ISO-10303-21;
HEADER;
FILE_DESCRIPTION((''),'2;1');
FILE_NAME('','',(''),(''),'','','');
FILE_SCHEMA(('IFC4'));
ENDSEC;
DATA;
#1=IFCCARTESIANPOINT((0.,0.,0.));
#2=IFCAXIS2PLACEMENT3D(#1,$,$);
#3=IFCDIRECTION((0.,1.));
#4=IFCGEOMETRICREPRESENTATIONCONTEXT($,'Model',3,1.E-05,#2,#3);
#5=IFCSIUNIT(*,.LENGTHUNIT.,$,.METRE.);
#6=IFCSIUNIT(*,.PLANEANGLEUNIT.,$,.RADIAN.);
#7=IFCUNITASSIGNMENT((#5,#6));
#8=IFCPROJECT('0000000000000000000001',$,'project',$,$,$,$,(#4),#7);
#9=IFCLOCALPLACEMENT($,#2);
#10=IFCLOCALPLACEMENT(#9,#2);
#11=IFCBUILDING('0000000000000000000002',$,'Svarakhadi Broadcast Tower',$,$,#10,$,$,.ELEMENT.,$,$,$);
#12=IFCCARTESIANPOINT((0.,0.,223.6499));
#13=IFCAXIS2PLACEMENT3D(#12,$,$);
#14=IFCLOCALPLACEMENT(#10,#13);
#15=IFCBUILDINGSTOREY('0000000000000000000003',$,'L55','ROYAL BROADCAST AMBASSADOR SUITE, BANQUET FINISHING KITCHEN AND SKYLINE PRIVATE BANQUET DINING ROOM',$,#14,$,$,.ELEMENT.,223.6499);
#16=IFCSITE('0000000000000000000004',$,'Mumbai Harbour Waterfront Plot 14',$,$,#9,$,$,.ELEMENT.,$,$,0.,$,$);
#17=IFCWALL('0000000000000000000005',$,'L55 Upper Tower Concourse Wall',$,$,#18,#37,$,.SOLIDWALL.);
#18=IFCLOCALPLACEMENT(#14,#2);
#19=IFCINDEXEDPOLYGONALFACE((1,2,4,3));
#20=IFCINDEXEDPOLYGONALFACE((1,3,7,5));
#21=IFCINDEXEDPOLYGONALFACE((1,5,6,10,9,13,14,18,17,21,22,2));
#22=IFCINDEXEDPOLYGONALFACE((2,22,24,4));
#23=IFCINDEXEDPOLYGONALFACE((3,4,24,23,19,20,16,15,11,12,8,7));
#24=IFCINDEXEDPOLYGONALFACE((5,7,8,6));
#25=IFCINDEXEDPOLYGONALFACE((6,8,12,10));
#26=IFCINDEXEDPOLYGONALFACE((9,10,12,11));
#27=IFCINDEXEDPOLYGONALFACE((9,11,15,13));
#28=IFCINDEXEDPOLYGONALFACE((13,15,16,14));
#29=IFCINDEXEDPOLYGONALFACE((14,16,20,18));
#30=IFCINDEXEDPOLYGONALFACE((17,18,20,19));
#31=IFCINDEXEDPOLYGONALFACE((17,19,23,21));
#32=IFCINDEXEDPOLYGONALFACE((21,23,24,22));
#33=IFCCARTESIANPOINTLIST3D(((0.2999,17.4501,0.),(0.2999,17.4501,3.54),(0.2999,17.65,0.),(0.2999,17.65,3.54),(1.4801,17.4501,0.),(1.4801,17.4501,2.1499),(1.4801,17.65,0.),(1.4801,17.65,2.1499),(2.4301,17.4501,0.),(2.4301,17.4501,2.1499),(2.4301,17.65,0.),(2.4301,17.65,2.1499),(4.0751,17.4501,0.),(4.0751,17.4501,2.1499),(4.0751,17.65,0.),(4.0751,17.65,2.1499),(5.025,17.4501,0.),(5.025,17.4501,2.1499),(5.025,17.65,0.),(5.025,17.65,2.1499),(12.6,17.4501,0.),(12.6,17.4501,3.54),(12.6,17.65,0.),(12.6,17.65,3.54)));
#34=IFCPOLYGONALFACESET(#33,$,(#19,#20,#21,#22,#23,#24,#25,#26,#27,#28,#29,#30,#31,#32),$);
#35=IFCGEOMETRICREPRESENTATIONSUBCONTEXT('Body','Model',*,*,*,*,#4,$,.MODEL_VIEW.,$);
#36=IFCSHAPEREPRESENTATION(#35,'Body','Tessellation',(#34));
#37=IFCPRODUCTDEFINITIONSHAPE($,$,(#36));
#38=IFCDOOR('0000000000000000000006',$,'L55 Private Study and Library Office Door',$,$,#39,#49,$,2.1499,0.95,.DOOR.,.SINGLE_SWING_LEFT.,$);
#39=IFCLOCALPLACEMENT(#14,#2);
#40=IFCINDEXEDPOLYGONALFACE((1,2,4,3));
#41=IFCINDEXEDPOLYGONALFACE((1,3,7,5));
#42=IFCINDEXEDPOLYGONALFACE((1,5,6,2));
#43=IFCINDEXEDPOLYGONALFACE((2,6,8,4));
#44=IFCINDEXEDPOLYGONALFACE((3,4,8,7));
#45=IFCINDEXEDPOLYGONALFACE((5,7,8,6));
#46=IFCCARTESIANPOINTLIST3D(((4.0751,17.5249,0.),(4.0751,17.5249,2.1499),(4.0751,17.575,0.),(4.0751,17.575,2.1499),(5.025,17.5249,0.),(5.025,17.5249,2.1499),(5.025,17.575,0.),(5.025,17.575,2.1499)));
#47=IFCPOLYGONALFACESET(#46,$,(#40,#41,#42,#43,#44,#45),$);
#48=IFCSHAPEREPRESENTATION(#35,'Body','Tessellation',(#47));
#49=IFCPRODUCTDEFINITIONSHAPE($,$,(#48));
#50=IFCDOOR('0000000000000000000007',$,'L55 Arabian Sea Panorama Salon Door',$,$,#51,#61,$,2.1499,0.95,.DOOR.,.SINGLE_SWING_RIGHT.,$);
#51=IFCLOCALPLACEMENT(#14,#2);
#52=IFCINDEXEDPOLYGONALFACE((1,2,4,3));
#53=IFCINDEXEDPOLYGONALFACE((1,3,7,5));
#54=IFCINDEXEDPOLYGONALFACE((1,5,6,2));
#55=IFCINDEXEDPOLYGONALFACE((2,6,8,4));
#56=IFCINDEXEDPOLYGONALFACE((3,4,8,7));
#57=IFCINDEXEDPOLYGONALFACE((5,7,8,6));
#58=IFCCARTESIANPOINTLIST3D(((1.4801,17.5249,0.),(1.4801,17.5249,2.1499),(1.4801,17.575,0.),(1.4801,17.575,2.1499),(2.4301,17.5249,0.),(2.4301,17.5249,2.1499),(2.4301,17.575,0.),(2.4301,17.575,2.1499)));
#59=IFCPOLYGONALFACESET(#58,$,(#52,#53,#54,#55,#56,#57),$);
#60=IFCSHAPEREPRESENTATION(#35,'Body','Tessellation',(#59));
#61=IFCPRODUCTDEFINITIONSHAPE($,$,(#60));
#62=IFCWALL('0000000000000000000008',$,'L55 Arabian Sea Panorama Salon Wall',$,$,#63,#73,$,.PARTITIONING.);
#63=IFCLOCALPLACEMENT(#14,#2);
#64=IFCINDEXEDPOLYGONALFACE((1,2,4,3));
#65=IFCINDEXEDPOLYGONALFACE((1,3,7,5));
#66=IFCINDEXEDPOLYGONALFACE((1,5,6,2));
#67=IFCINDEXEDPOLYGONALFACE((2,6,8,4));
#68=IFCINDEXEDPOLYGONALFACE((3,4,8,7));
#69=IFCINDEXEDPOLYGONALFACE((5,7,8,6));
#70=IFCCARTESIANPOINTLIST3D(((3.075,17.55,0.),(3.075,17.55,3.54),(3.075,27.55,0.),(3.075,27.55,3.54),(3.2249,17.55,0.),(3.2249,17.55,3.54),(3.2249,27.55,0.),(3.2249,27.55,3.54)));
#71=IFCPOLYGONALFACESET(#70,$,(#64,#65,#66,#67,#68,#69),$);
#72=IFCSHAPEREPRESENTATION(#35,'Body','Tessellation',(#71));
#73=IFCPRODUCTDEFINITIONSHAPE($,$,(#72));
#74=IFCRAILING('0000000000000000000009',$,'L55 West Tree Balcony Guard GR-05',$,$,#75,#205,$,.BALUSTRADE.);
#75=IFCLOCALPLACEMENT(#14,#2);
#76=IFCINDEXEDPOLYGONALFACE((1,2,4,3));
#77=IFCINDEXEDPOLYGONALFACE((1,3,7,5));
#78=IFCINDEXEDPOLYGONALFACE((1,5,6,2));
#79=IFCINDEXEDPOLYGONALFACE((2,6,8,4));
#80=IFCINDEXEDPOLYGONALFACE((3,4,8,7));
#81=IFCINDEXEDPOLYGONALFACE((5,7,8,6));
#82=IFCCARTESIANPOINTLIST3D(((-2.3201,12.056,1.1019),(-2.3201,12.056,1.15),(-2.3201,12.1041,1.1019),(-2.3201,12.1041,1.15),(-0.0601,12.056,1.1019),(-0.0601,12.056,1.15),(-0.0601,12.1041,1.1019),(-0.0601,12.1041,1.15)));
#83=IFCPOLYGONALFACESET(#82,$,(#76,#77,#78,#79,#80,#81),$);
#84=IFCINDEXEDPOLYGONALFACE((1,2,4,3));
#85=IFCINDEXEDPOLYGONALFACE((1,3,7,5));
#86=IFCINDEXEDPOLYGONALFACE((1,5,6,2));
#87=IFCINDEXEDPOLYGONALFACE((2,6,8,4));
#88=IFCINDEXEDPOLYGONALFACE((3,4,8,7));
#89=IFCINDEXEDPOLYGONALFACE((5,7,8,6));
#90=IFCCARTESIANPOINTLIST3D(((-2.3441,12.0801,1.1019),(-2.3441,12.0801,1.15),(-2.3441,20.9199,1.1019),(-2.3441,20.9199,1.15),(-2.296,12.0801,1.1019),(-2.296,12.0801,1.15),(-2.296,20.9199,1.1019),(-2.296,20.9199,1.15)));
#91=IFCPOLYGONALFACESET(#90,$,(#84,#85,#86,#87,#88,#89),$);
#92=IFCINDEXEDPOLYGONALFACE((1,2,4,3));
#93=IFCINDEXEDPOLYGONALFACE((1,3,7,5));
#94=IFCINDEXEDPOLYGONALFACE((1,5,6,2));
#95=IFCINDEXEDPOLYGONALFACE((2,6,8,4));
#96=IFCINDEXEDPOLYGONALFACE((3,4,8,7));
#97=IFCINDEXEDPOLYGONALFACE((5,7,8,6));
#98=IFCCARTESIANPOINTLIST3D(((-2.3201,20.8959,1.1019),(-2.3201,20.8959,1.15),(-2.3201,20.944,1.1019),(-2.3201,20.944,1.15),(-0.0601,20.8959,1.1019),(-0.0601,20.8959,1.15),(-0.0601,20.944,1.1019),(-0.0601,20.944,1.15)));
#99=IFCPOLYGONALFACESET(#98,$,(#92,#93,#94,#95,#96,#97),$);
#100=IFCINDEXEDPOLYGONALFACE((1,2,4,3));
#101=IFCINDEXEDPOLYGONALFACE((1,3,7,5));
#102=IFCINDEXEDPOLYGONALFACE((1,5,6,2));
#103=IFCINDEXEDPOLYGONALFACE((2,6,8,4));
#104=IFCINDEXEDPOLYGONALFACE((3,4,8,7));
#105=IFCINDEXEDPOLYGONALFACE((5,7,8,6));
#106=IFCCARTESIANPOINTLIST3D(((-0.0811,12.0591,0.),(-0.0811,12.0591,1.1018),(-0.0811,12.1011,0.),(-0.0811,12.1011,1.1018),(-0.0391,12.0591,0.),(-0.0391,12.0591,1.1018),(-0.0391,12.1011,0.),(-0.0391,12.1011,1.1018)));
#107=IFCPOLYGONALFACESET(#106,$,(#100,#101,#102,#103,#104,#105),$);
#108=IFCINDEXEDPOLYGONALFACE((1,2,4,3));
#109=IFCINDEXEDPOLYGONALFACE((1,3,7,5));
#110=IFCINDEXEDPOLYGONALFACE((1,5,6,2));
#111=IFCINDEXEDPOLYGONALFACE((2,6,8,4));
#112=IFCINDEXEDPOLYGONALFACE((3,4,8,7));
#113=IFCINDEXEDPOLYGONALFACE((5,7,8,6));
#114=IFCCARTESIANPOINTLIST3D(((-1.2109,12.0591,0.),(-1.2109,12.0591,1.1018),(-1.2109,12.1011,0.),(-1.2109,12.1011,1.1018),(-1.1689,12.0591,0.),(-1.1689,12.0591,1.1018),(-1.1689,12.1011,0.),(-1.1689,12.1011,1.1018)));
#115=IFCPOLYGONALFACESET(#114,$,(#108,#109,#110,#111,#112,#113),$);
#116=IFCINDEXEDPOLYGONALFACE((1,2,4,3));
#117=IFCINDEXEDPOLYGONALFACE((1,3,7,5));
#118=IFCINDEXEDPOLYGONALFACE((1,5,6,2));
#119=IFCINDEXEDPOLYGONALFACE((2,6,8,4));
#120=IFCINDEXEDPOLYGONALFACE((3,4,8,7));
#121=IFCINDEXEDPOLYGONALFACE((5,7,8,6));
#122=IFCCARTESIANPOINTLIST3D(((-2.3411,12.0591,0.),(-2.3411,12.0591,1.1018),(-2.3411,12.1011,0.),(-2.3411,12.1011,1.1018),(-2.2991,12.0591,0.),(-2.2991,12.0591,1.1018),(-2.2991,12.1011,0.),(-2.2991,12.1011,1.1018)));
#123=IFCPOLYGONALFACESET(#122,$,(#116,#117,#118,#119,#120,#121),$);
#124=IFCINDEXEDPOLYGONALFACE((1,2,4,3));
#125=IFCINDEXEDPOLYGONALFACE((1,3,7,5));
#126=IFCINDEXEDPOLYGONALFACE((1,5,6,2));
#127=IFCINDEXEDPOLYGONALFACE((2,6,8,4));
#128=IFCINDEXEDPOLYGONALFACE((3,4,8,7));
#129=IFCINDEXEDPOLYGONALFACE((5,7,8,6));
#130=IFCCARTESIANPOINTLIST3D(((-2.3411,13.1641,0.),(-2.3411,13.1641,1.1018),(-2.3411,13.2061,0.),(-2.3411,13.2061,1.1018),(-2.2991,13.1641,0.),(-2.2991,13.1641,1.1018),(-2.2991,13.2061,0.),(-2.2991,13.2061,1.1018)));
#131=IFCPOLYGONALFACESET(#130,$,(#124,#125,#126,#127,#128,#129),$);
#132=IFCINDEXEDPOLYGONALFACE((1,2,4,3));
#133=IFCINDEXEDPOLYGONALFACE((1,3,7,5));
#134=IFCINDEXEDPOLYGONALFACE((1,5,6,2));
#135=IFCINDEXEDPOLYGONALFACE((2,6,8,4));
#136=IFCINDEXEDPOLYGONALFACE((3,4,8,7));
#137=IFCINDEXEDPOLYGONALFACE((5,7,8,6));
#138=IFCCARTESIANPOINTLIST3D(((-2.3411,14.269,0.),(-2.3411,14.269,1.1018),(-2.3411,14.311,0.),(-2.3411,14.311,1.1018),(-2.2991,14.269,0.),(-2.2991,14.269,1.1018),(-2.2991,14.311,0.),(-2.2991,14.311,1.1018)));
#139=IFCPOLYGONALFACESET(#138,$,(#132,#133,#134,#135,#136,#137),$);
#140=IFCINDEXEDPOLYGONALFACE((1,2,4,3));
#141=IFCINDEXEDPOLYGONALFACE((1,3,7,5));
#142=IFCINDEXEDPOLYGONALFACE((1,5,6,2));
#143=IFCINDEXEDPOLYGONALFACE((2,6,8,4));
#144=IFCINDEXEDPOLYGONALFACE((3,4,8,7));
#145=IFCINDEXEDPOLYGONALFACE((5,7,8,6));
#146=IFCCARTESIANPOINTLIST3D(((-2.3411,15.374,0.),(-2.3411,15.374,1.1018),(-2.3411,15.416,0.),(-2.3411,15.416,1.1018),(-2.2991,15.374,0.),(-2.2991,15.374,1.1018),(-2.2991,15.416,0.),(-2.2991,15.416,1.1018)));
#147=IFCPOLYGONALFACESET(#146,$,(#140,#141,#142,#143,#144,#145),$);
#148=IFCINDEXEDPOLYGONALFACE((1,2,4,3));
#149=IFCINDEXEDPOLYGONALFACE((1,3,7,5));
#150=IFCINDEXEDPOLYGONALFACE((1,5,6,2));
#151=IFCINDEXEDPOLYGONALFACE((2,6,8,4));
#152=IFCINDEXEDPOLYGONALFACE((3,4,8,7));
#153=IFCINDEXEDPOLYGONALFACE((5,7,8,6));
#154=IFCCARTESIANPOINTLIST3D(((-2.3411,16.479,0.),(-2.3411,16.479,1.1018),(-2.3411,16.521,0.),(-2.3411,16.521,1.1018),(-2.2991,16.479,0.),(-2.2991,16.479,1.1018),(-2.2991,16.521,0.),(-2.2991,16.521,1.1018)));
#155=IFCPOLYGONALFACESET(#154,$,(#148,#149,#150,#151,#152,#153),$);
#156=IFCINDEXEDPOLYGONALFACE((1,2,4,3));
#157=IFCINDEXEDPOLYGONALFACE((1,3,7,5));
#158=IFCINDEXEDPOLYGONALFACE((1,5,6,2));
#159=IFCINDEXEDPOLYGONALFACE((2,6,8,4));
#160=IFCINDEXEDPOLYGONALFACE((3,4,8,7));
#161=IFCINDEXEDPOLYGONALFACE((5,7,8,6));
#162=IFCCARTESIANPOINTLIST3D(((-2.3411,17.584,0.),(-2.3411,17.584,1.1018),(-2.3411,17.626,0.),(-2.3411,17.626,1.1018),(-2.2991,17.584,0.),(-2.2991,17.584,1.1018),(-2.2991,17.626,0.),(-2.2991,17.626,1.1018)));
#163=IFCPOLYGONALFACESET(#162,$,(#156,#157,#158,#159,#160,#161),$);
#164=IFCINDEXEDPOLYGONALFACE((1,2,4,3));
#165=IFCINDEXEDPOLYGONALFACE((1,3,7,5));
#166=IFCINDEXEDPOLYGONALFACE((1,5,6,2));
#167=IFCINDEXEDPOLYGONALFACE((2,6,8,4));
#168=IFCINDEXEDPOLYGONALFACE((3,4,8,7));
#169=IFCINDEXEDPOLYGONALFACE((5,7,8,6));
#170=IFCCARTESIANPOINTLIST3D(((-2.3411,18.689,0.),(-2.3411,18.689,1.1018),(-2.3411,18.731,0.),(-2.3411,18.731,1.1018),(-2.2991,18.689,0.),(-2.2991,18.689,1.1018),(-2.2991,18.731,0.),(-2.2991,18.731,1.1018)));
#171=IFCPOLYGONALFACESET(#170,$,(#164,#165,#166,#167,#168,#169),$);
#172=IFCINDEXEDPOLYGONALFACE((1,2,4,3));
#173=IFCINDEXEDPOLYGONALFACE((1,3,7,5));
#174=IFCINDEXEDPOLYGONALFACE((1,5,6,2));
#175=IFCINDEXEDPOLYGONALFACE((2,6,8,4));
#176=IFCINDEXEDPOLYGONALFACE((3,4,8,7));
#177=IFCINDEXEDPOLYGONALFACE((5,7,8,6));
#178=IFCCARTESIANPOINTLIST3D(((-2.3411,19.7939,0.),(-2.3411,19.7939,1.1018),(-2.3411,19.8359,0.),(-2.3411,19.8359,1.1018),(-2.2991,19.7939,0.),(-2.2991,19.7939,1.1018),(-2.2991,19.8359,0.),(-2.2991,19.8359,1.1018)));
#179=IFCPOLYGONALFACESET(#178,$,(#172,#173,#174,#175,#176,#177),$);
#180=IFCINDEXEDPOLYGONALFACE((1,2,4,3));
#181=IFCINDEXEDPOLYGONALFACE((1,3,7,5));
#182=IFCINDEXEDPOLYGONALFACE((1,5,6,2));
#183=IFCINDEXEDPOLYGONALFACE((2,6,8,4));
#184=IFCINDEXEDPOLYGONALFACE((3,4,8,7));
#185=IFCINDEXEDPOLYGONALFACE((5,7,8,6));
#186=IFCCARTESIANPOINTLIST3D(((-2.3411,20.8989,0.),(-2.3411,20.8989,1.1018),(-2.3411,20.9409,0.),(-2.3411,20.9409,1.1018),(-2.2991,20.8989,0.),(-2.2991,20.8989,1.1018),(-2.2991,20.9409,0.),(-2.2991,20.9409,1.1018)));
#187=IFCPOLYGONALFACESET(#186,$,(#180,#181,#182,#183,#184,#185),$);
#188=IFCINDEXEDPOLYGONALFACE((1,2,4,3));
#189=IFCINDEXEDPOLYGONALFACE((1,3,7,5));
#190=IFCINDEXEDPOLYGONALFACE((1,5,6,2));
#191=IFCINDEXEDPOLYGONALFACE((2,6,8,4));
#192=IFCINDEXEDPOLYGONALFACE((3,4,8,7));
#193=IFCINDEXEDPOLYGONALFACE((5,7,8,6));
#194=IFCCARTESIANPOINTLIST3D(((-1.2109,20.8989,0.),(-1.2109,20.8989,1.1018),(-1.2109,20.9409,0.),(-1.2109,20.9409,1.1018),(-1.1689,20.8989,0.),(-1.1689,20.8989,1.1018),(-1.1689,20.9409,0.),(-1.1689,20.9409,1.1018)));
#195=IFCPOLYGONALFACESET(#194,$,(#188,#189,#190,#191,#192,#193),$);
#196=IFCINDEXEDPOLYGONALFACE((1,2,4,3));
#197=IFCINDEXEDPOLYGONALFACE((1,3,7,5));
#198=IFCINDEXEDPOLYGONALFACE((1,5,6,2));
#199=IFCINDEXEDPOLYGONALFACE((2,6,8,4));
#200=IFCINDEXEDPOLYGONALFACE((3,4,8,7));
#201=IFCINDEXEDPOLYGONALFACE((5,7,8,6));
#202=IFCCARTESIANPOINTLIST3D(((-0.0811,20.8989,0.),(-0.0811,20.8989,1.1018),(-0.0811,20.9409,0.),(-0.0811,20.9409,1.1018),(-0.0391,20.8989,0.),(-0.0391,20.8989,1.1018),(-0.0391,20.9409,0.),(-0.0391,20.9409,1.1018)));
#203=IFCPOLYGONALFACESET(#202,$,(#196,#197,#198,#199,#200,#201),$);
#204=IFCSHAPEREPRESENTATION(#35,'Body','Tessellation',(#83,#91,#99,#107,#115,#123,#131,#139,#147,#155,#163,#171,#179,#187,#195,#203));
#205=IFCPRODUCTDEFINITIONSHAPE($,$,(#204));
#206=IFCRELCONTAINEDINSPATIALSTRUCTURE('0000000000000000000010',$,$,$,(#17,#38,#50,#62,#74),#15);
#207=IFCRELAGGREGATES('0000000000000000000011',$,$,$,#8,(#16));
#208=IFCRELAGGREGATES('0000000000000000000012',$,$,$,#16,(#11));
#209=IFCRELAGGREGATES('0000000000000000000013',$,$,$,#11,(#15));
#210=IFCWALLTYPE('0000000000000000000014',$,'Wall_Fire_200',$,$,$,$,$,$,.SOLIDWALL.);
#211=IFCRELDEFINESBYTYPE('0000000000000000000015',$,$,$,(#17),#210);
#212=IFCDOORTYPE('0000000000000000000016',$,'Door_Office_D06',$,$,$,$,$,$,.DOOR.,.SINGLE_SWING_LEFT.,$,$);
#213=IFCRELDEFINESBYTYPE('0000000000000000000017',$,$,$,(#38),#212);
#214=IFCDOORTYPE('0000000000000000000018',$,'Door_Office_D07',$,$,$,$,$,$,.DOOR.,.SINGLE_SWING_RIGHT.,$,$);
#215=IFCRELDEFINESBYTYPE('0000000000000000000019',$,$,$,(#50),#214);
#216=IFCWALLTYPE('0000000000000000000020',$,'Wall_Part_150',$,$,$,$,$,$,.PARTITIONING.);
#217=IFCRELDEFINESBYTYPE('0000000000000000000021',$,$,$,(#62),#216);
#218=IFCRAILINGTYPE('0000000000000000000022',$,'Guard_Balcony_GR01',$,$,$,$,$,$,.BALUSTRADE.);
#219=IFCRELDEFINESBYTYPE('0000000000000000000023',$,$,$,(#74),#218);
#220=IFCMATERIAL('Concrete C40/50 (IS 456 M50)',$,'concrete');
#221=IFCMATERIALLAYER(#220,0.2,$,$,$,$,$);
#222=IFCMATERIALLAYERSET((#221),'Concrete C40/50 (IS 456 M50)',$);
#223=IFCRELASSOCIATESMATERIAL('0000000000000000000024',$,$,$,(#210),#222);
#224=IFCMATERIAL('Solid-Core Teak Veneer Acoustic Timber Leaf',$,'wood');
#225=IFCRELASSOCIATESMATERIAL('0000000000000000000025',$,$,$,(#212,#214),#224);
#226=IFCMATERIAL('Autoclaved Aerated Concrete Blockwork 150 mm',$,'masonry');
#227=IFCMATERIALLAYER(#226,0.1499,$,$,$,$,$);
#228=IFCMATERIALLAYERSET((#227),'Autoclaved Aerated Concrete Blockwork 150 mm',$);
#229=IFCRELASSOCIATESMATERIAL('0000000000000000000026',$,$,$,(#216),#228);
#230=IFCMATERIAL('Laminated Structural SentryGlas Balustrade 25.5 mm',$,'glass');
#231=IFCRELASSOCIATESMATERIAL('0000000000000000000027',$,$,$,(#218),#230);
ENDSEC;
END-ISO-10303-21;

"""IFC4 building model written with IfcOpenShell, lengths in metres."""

from ifc_helpers import new_model, si_unit, direction, frame, frame_2d, origin, origin_2d, place, context, subcontext, project, spatial, rectangle, extrude, material, layer, layer_set, type_object, element, fill, save


model = new_model("IFC4")

# Units and contexts
model_context = context("Model", 3, precision=1e-05, world=origin(), true_north=direction((0.0, 1.0)))
body_context = subcontext(model_context, "Body", "Model", "MODEL_VIEW")
ifc_project = project(units=[si_unit("LENGTHUNIT", "METRE"), si_unit("PLANEANGLEUNIT", "RADIAN")], contexts=[model_context])

# Site, building, storey
site_placement = place(None, origin())
site = spatial("IfcSite", under=ifc_project, at=site_placement, Name="Mumbai Harbour Waterfront Plot 14", CompositionType="ELEMENT", RefElevation=0.0)
building_placement = place(site_placement, origin())
building = spatial("IfcBuilding", under=site, at=building_placement, Name="Svarakhadi Broadcast Tower", CompositionType="ELEMENT")
storey_placement = place(building_placement, frame((0.0, 0.0, 223.6499)))
storey = spatial("IfcBuildingStorey", under=building, at=storey_placement, Name="L55", Description="ROYAL BROADCAST AMBASSADOR SUITE, BANQUET FINISHING KITCHEN AND SKYLINE PRIVATE BANQUET DINING ROOM", CompositionType="ELEMENT", Elevation=223.6499)

# Shared definitions
ifc_material_1 = material(Name="Concrete C40/50 (IS 456 M50)", Category="concrete")

# Wall, openings, doors
ifc_layer_1 = layer(ifc_material_1, 0.2)
ifc_layer_set_1 = layer_set([ifc_layer_1], Name="Concrete C40/50 (IS 456 M50)")
wall_type_1 = type_object("IfcWallType", Name="Wall_Fire_200", PredefinedType="SOLIDWALL", material=ifc_layer_set_1)
wall_1_placement = place(storey_placement, frame((0.3, 17.55, 0.0), z_axis=(0.0, 0.0, 1.0), x_axis=(1.0, 0.0, 0.0)))
wall_1 = element("IfcWall", 1, at=wall_1_placement, inside=storey, type_object=wall_type_1, Name="L55 Upper Tower Concourse Wall", PredefinedType="SOLIDWALL", context=body_context, shape_type="SweptSolid", body=[
    extrude(rectangle(XDim=12.3, YDim=0.2, at=frame_2d((6.1499, 0.0))), origin(), (0.0, 0.0, 1.0), 3.54),
])
opening_1_placement = place(wall_1_placement, frame((1.1799, 0.0, 0.0)))
opening_1 = element("IfcOpeningElement", 2, at=opening_1_placement, cuts=wall_1, PredefinedType="OPENING", context=body_context, shape_type="SweptSolid", body=[
    extrude(rectangle(XDim=0.95, YDim=2.1499, at=frame_2d((0.4751, 1.075))), frame((0.0, 0.1099, 0.0), z_axis=(0.0, -1.0, 0.0), x_axis=(1.0, 0.0, 0.0)), (0.0, 0.0, 1.0), 0.22),
])
opening_2_placement = place(wall_1_placement, frame((3.7749, 0.0, 0.0)))
opening_2 = element("IfcOpeningElement", 3, at=opening_2_placement, cuts=wall_1, PredefinedType="OPENING", context=body_context, shape_type="SweptSolid", body=[
    extrude(rectangle(XDim=0.95, YDim=2.1499, at=frame_2d((0.4751, 1.075))), frame((0.0, 0.1099, 0.0), z_axis=(0.0, -1.0, 0.0), x_axis=(1.0, 0.0, 0.0)), (0.0, 0.0, 1.0), 0.22),
])
ifc_material_2 = material(Name="Solid-Core Teak Veneer Acoustic Timber Leaf", Category="wood")
door_type_1 = type_object("IfcDoorType", Name="Door_Office_D06", OperationType="SINGLE_SWING_LEFT", PredefinedType="DOOR", material=ifc_material_2)
door_1_placement = place(opening_2_placement, origin())
door_1 = element("IfcDoor", 4, at=door_1_placement, inside=storey, type_object=door_type_1, Name="L55 Private Study and Library Office Door", OperationType="SINGLE_SWING_LEFT", OverallHeight=2.1499, OverallWidth=0.95, PredefinedType="DOOR", context=body_context, shape_type="SweptSolid", body=[
    extrude(rectangle(XDim=0.95, YDim=2.1499, at=frame_2d((0.4751, 1.075))), frame((0.0, 0.0249, 0.0), z_axis=(0.0, -1.0, 0.0), x_axis=(1.0, 0.0, 0.0)), (0.0, 0.0, 1.0), 0.05),
])
fill(opening_2, door_1)
door_type_2 = type_object("IfcDoorType", Name="Door_Office_D07", OperationType="SINGLE_SWING_RIGHT", PredefinedType="DOOR", material=ifc_material_2)
door_2_placement = place(opening_1_placement, origin())
door_2 = element("IfcDoor", 5, at=door_2_placement, inside=storey, type_object=door_type_2, Name="L55 Arabian Sea Panorama Salon Door", OperationType="SINGLE_SWING_RIGHT", OverallHeight=2.1499, OverallWidth=0.95, PredefinedType="DOOR", context=body_context, shape_type="SweptSolid", body=[
    extrude(rectangle(XDim=0.95, YDim=2.1499, at=frame_2d((0.4751, 1.075))), frame((0.0, 0.0249, 0.0), z_axis=(0.0, -1.0, 0.0), x_axis=(1.0, 0.0, 0.0)), (0.0, 0.0, 1.0), 0.05),
])
fill(opening_1, door_2)

# Wall
ifc_material_3 = material(Name="Autoclaved Aerated Concrete Blockwork 150 mm", Category="masonry")
ifc_layer_2 = layer(ifc_material_3, 0.1499)
ifc_layer_set_2 = layer_set([ifc_layer_2], Name="Autoclaved Aerated Concrete Blockwork 150 mm")
wall_type_2 = type_object("IfcWallType", Name="Wall_Part_150", PredefinedType="PARTITIONING", material=ifc_layer_set_2)
wall_2_placement = place(storey_placement, frame((3.1499, 17.55, 0.0), z_axis=(0.0, 0.0, 1.0), x_axis=(0.0, 1.0, 0.0)))
element("IfcWall", 6, at=wall_2_placement, inside=storey, type_object=wall_type_2, Name="L55 Arabian Sea Panorama Salon Wall", PredefinedType="PARTITIONING", context=body_context, shape_type="SweptSolid", body=[
    extrude(rectangle(XDim=10.0, YDim=0.1499, at=frame_2d((5.0, 0.0))), origin(), (0.0, 0.0, 1.0), 3.54),
])

# Railing
ifc_material_4 = material(Name="Laminated Structural SentryGlas Balustrade 25.5 mm", Category="glass")
railing_type = type_object("IfcRailingType", Name="Guard_Balcony_GR01", PredefinedType="BALUSTRADE", material=ifc_material_4)
railing_placement = place(storey_placement, frame((-0.0601, 12.0801, 0.0)))
element("IfcRailing", 7, at=railing_placement, inside=storey, type_object=railing_type, Name="L55 West Tree Balcony Guard GR-05", PredefinedType="BALUSTRADE", context=body_context, shape_type="SweptSolid", body=[
    extrude(rectangle(XDim=0.0481, YDim=0.0481, at=origin_2d()), frame((0.0, 0.0, 1.126), z_axis=(-1.0, 0.0, 0.0), x_axis=(0.0, -1.0, 0.0)), (0.0, 0.0, 1.0), 2.26),
    extrude(rectangle(XDim=0.0481, YDim=0.0481, at=origin_2d()), frame((-2.26, 0.0, 1.126), z_axis=(0.0, 1.0, 0.0), x_axis=(-1.0, 0.0, 0.0)), (0.0, 0.0, 1.0), 8.8398),
    extrude(rectangle(XDim=0.0481, YDim=0.0481, at=origin_2d()), frame((-2.26, 8.8398, 1.126), z_axis=(1.0, 0.0, 0.0), x_axis=(0.0, 1.0, 0.0)), (0.0, 0.0, 1.0), 2.26),
    extrude(rectangle(XDim=0.042, YDim=0.042, at=origin_2d()), origin(), (0.0, 0.0, 1.0), 1.1018),
    extrude(rectangle(XDim=0.042, YDim=0.042, at=origin_2d()), frame((-1.1299, 0.0, 0.0)), (0.0, 0.0, 1.0), 1.1018),
    extrude(rectangle(XDim=0.042, YDim=0.042, at=origin_2d()), frame((-2.26, 0.0, 0.0)), (0.0, 0.0, 1.0), 1.1018),
    extrude(rectangle(XDim=0.042, YDim=0.042, at=origin_2d()), frame((-2.26, 1.105, 0.0)), (0.0, 0.0, 1.0), 1.1018),
    extrude(rectangle(XDim=0.042, YDim=0.042, at=origin_2d()), frame((-2.26, 2.21, 0.0)), (0.0, 0.0, 1.0), 1.1018),
    extrude(rectangle(XDim=0.042, YDim=0.042, at=origin_2d()), frame((-2.26, 3.3149, 0.0)), (0.0, 0.0, 1.0), 1.1018),
    extrude(rectangle(XDim=0.042, YDim=0.042, at=origin_2d()), frame((-2.26, 4.4199, 0.0)), (0.0, 0.0, 1.0), 1.1018),
    extrude(rectangle(XDim=0.042, YDim=0.042, at=origin_2d()), frame((-2.26, 5.5249, 0.0)), (0.0, 0.0, 1.0), 1.1018),
    extrude(rectangle(XDim=0.042, YDim=0.042, at=origin_2d()), frame((-2.26, 6.6299, 0.0)), (0.0, 0.0, 1.0), 1.1018),
    extrude(rectangle(XDim=0.042, YDim=0.042, at=origin_2d()), frame((-2.26, 7.7349, 0.0)), (0.0, 0.0, 1.0), 1.1018),
    extrude(rectangle(XDim=0.042, YDim=0.042, at=origin_2d()), frame((-2.26, 8.8398, 0.0)), (0.0, 0.0, 1.0), 1.1018),
    extrude(rectangle(XDim=0.042, YDim=0.042, at=origin_2d()), frame((-1.1299, 8.8398, 0.0)), (0.0, 0.0, 1.0), 1.1018),
    extrude(rectangle(XDim=0.042, YDim=0.042, at=origin_2d()), frame((0.0, 8.8398, 0.0)), (0.0, 0.0, 1.0), 1.1018),
])

save(model, "model.ifc")
